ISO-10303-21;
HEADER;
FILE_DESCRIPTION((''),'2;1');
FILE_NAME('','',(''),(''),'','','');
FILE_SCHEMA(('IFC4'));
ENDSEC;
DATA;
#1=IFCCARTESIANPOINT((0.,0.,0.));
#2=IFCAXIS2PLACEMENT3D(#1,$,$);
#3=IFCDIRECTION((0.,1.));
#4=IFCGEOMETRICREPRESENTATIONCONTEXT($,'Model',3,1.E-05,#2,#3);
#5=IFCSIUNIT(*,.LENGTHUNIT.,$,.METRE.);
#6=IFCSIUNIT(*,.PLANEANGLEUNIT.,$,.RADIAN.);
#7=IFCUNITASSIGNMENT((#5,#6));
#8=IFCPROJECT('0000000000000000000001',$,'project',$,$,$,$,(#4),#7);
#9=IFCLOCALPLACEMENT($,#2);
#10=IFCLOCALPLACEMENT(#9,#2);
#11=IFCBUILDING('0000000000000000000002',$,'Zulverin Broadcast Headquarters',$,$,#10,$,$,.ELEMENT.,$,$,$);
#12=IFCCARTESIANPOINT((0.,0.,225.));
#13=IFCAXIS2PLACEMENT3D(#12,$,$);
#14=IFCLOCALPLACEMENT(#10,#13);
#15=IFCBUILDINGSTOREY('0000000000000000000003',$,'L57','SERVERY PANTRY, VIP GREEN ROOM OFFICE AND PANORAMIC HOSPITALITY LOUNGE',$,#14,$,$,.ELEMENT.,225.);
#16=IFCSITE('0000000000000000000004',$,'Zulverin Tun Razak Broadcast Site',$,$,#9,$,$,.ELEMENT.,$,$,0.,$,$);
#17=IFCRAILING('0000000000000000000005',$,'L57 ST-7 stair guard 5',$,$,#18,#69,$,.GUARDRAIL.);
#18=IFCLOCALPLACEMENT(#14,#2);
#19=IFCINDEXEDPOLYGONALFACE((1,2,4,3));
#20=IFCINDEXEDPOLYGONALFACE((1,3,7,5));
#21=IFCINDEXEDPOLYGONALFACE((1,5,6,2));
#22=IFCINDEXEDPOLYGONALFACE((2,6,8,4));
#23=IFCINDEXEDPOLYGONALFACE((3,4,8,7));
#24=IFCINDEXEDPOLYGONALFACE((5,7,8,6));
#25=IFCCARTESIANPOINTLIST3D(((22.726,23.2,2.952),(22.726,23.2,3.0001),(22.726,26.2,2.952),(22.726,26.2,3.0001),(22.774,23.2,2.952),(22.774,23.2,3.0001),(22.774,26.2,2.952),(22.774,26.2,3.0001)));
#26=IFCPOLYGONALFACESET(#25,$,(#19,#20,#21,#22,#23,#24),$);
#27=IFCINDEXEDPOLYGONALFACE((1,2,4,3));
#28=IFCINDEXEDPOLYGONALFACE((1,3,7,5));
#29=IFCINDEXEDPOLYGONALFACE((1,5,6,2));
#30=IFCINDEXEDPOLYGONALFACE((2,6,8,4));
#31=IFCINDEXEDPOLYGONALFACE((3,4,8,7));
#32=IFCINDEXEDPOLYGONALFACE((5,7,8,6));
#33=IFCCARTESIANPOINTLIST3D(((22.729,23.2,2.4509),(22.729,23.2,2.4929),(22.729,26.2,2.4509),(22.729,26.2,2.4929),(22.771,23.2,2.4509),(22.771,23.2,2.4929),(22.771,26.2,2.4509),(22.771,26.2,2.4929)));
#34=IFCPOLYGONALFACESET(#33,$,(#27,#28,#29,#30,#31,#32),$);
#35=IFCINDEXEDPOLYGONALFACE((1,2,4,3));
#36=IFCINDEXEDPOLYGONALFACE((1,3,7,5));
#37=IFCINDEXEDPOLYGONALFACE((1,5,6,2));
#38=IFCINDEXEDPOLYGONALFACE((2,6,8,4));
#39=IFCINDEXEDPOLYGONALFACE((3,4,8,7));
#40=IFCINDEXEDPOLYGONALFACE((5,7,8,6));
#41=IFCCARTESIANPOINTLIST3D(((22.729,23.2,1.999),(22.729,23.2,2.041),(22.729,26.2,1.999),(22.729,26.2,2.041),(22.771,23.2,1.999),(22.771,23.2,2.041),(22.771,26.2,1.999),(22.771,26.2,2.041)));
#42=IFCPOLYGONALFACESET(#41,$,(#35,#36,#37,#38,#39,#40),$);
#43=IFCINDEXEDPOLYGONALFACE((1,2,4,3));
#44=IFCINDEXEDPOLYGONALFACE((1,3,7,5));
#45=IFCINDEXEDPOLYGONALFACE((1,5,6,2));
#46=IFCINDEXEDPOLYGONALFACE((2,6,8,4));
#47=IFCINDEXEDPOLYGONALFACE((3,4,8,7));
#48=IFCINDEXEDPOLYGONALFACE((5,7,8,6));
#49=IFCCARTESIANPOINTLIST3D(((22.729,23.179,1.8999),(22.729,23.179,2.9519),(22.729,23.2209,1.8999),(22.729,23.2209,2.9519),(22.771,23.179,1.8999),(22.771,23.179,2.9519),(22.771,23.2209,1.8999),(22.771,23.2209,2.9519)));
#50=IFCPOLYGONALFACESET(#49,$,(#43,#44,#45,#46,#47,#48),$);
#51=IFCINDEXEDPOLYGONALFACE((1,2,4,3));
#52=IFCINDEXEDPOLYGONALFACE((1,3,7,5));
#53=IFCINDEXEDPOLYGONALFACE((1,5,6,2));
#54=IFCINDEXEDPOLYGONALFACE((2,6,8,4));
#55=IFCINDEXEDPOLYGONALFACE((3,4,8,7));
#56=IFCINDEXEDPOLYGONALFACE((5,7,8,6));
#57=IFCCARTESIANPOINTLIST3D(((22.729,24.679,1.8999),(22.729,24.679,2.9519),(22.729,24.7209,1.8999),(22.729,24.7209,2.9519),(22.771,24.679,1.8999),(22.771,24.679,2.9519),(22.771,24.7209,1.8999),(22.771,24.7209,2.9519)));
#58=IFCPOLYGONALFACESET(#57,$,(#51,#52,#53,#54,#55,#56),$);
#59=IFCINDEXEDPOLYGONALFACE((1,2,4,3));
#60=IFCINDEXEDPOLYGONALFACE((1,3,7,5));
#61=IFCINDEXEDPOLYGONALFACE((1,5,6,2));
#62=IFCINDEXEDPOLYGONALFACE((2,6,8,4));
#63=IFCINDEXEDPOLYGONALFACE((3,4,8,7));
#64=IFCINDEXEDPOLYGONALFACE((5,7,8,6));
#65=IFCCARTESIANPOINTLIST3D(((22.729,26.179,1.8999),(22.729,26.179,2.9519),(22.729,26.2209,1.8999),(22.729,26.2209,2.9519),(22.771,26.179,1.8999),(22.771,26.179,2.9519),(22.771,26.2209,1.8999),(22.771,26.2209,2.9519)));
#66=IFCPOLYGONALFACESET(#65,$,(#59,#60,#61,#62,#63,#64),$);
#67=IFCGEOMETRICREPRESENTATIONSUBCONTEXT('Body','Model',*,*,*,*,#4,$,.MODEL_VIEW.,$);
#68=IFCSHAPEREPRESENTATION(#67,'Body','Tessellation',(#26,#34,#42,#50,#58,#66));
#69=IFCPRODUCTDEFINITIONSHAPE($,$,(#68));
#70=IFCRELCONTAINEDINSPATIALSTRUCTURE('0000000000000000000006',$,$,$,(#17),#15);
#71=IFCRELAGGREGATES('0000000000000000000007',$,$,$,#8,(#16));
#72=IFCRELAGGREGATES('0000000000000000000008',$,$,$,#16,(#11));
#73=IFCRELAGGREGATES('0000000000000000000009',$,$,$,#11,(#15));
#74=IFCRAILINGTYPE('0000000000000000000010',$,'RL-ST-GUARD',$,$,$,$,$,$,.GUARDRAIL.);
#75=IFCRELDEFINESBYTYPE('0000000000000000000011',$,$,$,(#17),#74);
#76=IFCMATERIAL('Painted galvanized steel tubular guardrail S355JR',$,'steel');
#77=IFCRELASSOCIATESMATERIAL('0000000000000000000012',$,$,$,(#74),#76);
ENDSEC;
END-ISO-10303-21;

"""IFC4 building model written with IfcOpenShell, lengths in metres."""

from ifc_helpers import new_model, si_unit, direction, frame, origin, origin_2d, place, context, subcontext, project, spatial, rectangle, extrude, material, type_object, element, save


model = new_model("IFC4")

# Units and contexts
model_context = context("Model", 3, precision=1e-05, world=origin(), true_north=direction((0.0, 1.0)))
body_context = subcontext(model_context, "Body", "Model", "MODEL_VIEW")
ifc_project = project(units=[si_unit("LENGTHUNIT", "METRE"), si_unit("PLANEANGLEUNIT", "RADIAN")], contexts=[model_context])

# Site, building, storey
site_placement = place(None, origin())
site = spatial("IfcSite", under=ifc_project, at=site_placement, Name="Zulverin Tun Razak Broadcast Site", CompositionType="ELEMENT", RefElevation=0.0)
building_placement = place(site_placement, origin())
building = spatial("IfcBuilding", under=site, at=building_placement, Name="Zulverin Broadcast Headquarters", CompositionType="ELEMENT")
storey_placement = place(building_placement, frame((0.0, 0.0, 225.0)))
storey = spatial("IfcBuildingStorey", under=building, at=storey_placement, Name="L57", Description="SERVERY PANTRY, VIP GREEN ROOM OFFICE AND PANORAMIC HOSPITALITY LOUNGE", CompositionType="ELEMENT", Elevation=225.0)

# Railing
ifc_material_1 = material(Name="Painted galvanized steel tubular guardrail S355JR", Category="steel")
railing_type = type_object("IfcRailingType", Name="RL-ST-GUARD", PredefinedType="GUARDRAIL", material=ifc_material_1)
railing_placement = place(storey_placement, frame((22.75, 23.2, 1.8999)))
element("IfcRailing", 1, at=railing_placement, inside=storey, type_object=railing_type, Name="L57 ST-7 stair guard 5", PredefinedType="GUARDRAIL", context=body_context, shape_type="SweptSolid", body=[
    extrude(rectangle(XDim=0.0481, YDim=0.0481, at=origin_2d()), frame((0.0, 0.0, 1.0762), z_axis=(0.0, 1.0, 0.0), x_axis=(-1.0, 0.0, 0.0)), (0.0, 0.0, 1.0), 3.0),
    extrude(rectangle(XDim=0.042, YDim=0.042, at=origin_2d()), frame((0.0, 0.0, 0.572), z_axis=(0.0, 1.0, 0.0), x_axis=(-1.0, 0.0, 0.0)), (0.0, 0.0, 1.0), 3.0),
    extrude(rectangle(XDim=0.042, YDim=0.042, at=origin_2d()), frame((0.0, 0.0, 0.1201), z_axis=(0.0, 1.0, 0.0), x_axis=(-1.0, 0.0, 0.0)), (0.0, 0.0, 1.0), 3.0),
    extrude(rectangle(XDim=0.042, YDim=0.042, at=origin_2d()), origin(), (0.0, 0.0, 1.0), 1.052),
    extrude(rectangle(XDim=0.042, YDim=0.042, at=origin_2d()), frame((0.0, 1.5, 0.0)), (0.0, 0.0, 1.0), 1.052),
    extrude(rectangle(XDim=0.042, YDim=0.042, at=origin_2d()), frame((0.0, 3.0, 0.0)), (0.0, 0.0, 1.0), 1.052),
])

save(model, "model.ifc")
